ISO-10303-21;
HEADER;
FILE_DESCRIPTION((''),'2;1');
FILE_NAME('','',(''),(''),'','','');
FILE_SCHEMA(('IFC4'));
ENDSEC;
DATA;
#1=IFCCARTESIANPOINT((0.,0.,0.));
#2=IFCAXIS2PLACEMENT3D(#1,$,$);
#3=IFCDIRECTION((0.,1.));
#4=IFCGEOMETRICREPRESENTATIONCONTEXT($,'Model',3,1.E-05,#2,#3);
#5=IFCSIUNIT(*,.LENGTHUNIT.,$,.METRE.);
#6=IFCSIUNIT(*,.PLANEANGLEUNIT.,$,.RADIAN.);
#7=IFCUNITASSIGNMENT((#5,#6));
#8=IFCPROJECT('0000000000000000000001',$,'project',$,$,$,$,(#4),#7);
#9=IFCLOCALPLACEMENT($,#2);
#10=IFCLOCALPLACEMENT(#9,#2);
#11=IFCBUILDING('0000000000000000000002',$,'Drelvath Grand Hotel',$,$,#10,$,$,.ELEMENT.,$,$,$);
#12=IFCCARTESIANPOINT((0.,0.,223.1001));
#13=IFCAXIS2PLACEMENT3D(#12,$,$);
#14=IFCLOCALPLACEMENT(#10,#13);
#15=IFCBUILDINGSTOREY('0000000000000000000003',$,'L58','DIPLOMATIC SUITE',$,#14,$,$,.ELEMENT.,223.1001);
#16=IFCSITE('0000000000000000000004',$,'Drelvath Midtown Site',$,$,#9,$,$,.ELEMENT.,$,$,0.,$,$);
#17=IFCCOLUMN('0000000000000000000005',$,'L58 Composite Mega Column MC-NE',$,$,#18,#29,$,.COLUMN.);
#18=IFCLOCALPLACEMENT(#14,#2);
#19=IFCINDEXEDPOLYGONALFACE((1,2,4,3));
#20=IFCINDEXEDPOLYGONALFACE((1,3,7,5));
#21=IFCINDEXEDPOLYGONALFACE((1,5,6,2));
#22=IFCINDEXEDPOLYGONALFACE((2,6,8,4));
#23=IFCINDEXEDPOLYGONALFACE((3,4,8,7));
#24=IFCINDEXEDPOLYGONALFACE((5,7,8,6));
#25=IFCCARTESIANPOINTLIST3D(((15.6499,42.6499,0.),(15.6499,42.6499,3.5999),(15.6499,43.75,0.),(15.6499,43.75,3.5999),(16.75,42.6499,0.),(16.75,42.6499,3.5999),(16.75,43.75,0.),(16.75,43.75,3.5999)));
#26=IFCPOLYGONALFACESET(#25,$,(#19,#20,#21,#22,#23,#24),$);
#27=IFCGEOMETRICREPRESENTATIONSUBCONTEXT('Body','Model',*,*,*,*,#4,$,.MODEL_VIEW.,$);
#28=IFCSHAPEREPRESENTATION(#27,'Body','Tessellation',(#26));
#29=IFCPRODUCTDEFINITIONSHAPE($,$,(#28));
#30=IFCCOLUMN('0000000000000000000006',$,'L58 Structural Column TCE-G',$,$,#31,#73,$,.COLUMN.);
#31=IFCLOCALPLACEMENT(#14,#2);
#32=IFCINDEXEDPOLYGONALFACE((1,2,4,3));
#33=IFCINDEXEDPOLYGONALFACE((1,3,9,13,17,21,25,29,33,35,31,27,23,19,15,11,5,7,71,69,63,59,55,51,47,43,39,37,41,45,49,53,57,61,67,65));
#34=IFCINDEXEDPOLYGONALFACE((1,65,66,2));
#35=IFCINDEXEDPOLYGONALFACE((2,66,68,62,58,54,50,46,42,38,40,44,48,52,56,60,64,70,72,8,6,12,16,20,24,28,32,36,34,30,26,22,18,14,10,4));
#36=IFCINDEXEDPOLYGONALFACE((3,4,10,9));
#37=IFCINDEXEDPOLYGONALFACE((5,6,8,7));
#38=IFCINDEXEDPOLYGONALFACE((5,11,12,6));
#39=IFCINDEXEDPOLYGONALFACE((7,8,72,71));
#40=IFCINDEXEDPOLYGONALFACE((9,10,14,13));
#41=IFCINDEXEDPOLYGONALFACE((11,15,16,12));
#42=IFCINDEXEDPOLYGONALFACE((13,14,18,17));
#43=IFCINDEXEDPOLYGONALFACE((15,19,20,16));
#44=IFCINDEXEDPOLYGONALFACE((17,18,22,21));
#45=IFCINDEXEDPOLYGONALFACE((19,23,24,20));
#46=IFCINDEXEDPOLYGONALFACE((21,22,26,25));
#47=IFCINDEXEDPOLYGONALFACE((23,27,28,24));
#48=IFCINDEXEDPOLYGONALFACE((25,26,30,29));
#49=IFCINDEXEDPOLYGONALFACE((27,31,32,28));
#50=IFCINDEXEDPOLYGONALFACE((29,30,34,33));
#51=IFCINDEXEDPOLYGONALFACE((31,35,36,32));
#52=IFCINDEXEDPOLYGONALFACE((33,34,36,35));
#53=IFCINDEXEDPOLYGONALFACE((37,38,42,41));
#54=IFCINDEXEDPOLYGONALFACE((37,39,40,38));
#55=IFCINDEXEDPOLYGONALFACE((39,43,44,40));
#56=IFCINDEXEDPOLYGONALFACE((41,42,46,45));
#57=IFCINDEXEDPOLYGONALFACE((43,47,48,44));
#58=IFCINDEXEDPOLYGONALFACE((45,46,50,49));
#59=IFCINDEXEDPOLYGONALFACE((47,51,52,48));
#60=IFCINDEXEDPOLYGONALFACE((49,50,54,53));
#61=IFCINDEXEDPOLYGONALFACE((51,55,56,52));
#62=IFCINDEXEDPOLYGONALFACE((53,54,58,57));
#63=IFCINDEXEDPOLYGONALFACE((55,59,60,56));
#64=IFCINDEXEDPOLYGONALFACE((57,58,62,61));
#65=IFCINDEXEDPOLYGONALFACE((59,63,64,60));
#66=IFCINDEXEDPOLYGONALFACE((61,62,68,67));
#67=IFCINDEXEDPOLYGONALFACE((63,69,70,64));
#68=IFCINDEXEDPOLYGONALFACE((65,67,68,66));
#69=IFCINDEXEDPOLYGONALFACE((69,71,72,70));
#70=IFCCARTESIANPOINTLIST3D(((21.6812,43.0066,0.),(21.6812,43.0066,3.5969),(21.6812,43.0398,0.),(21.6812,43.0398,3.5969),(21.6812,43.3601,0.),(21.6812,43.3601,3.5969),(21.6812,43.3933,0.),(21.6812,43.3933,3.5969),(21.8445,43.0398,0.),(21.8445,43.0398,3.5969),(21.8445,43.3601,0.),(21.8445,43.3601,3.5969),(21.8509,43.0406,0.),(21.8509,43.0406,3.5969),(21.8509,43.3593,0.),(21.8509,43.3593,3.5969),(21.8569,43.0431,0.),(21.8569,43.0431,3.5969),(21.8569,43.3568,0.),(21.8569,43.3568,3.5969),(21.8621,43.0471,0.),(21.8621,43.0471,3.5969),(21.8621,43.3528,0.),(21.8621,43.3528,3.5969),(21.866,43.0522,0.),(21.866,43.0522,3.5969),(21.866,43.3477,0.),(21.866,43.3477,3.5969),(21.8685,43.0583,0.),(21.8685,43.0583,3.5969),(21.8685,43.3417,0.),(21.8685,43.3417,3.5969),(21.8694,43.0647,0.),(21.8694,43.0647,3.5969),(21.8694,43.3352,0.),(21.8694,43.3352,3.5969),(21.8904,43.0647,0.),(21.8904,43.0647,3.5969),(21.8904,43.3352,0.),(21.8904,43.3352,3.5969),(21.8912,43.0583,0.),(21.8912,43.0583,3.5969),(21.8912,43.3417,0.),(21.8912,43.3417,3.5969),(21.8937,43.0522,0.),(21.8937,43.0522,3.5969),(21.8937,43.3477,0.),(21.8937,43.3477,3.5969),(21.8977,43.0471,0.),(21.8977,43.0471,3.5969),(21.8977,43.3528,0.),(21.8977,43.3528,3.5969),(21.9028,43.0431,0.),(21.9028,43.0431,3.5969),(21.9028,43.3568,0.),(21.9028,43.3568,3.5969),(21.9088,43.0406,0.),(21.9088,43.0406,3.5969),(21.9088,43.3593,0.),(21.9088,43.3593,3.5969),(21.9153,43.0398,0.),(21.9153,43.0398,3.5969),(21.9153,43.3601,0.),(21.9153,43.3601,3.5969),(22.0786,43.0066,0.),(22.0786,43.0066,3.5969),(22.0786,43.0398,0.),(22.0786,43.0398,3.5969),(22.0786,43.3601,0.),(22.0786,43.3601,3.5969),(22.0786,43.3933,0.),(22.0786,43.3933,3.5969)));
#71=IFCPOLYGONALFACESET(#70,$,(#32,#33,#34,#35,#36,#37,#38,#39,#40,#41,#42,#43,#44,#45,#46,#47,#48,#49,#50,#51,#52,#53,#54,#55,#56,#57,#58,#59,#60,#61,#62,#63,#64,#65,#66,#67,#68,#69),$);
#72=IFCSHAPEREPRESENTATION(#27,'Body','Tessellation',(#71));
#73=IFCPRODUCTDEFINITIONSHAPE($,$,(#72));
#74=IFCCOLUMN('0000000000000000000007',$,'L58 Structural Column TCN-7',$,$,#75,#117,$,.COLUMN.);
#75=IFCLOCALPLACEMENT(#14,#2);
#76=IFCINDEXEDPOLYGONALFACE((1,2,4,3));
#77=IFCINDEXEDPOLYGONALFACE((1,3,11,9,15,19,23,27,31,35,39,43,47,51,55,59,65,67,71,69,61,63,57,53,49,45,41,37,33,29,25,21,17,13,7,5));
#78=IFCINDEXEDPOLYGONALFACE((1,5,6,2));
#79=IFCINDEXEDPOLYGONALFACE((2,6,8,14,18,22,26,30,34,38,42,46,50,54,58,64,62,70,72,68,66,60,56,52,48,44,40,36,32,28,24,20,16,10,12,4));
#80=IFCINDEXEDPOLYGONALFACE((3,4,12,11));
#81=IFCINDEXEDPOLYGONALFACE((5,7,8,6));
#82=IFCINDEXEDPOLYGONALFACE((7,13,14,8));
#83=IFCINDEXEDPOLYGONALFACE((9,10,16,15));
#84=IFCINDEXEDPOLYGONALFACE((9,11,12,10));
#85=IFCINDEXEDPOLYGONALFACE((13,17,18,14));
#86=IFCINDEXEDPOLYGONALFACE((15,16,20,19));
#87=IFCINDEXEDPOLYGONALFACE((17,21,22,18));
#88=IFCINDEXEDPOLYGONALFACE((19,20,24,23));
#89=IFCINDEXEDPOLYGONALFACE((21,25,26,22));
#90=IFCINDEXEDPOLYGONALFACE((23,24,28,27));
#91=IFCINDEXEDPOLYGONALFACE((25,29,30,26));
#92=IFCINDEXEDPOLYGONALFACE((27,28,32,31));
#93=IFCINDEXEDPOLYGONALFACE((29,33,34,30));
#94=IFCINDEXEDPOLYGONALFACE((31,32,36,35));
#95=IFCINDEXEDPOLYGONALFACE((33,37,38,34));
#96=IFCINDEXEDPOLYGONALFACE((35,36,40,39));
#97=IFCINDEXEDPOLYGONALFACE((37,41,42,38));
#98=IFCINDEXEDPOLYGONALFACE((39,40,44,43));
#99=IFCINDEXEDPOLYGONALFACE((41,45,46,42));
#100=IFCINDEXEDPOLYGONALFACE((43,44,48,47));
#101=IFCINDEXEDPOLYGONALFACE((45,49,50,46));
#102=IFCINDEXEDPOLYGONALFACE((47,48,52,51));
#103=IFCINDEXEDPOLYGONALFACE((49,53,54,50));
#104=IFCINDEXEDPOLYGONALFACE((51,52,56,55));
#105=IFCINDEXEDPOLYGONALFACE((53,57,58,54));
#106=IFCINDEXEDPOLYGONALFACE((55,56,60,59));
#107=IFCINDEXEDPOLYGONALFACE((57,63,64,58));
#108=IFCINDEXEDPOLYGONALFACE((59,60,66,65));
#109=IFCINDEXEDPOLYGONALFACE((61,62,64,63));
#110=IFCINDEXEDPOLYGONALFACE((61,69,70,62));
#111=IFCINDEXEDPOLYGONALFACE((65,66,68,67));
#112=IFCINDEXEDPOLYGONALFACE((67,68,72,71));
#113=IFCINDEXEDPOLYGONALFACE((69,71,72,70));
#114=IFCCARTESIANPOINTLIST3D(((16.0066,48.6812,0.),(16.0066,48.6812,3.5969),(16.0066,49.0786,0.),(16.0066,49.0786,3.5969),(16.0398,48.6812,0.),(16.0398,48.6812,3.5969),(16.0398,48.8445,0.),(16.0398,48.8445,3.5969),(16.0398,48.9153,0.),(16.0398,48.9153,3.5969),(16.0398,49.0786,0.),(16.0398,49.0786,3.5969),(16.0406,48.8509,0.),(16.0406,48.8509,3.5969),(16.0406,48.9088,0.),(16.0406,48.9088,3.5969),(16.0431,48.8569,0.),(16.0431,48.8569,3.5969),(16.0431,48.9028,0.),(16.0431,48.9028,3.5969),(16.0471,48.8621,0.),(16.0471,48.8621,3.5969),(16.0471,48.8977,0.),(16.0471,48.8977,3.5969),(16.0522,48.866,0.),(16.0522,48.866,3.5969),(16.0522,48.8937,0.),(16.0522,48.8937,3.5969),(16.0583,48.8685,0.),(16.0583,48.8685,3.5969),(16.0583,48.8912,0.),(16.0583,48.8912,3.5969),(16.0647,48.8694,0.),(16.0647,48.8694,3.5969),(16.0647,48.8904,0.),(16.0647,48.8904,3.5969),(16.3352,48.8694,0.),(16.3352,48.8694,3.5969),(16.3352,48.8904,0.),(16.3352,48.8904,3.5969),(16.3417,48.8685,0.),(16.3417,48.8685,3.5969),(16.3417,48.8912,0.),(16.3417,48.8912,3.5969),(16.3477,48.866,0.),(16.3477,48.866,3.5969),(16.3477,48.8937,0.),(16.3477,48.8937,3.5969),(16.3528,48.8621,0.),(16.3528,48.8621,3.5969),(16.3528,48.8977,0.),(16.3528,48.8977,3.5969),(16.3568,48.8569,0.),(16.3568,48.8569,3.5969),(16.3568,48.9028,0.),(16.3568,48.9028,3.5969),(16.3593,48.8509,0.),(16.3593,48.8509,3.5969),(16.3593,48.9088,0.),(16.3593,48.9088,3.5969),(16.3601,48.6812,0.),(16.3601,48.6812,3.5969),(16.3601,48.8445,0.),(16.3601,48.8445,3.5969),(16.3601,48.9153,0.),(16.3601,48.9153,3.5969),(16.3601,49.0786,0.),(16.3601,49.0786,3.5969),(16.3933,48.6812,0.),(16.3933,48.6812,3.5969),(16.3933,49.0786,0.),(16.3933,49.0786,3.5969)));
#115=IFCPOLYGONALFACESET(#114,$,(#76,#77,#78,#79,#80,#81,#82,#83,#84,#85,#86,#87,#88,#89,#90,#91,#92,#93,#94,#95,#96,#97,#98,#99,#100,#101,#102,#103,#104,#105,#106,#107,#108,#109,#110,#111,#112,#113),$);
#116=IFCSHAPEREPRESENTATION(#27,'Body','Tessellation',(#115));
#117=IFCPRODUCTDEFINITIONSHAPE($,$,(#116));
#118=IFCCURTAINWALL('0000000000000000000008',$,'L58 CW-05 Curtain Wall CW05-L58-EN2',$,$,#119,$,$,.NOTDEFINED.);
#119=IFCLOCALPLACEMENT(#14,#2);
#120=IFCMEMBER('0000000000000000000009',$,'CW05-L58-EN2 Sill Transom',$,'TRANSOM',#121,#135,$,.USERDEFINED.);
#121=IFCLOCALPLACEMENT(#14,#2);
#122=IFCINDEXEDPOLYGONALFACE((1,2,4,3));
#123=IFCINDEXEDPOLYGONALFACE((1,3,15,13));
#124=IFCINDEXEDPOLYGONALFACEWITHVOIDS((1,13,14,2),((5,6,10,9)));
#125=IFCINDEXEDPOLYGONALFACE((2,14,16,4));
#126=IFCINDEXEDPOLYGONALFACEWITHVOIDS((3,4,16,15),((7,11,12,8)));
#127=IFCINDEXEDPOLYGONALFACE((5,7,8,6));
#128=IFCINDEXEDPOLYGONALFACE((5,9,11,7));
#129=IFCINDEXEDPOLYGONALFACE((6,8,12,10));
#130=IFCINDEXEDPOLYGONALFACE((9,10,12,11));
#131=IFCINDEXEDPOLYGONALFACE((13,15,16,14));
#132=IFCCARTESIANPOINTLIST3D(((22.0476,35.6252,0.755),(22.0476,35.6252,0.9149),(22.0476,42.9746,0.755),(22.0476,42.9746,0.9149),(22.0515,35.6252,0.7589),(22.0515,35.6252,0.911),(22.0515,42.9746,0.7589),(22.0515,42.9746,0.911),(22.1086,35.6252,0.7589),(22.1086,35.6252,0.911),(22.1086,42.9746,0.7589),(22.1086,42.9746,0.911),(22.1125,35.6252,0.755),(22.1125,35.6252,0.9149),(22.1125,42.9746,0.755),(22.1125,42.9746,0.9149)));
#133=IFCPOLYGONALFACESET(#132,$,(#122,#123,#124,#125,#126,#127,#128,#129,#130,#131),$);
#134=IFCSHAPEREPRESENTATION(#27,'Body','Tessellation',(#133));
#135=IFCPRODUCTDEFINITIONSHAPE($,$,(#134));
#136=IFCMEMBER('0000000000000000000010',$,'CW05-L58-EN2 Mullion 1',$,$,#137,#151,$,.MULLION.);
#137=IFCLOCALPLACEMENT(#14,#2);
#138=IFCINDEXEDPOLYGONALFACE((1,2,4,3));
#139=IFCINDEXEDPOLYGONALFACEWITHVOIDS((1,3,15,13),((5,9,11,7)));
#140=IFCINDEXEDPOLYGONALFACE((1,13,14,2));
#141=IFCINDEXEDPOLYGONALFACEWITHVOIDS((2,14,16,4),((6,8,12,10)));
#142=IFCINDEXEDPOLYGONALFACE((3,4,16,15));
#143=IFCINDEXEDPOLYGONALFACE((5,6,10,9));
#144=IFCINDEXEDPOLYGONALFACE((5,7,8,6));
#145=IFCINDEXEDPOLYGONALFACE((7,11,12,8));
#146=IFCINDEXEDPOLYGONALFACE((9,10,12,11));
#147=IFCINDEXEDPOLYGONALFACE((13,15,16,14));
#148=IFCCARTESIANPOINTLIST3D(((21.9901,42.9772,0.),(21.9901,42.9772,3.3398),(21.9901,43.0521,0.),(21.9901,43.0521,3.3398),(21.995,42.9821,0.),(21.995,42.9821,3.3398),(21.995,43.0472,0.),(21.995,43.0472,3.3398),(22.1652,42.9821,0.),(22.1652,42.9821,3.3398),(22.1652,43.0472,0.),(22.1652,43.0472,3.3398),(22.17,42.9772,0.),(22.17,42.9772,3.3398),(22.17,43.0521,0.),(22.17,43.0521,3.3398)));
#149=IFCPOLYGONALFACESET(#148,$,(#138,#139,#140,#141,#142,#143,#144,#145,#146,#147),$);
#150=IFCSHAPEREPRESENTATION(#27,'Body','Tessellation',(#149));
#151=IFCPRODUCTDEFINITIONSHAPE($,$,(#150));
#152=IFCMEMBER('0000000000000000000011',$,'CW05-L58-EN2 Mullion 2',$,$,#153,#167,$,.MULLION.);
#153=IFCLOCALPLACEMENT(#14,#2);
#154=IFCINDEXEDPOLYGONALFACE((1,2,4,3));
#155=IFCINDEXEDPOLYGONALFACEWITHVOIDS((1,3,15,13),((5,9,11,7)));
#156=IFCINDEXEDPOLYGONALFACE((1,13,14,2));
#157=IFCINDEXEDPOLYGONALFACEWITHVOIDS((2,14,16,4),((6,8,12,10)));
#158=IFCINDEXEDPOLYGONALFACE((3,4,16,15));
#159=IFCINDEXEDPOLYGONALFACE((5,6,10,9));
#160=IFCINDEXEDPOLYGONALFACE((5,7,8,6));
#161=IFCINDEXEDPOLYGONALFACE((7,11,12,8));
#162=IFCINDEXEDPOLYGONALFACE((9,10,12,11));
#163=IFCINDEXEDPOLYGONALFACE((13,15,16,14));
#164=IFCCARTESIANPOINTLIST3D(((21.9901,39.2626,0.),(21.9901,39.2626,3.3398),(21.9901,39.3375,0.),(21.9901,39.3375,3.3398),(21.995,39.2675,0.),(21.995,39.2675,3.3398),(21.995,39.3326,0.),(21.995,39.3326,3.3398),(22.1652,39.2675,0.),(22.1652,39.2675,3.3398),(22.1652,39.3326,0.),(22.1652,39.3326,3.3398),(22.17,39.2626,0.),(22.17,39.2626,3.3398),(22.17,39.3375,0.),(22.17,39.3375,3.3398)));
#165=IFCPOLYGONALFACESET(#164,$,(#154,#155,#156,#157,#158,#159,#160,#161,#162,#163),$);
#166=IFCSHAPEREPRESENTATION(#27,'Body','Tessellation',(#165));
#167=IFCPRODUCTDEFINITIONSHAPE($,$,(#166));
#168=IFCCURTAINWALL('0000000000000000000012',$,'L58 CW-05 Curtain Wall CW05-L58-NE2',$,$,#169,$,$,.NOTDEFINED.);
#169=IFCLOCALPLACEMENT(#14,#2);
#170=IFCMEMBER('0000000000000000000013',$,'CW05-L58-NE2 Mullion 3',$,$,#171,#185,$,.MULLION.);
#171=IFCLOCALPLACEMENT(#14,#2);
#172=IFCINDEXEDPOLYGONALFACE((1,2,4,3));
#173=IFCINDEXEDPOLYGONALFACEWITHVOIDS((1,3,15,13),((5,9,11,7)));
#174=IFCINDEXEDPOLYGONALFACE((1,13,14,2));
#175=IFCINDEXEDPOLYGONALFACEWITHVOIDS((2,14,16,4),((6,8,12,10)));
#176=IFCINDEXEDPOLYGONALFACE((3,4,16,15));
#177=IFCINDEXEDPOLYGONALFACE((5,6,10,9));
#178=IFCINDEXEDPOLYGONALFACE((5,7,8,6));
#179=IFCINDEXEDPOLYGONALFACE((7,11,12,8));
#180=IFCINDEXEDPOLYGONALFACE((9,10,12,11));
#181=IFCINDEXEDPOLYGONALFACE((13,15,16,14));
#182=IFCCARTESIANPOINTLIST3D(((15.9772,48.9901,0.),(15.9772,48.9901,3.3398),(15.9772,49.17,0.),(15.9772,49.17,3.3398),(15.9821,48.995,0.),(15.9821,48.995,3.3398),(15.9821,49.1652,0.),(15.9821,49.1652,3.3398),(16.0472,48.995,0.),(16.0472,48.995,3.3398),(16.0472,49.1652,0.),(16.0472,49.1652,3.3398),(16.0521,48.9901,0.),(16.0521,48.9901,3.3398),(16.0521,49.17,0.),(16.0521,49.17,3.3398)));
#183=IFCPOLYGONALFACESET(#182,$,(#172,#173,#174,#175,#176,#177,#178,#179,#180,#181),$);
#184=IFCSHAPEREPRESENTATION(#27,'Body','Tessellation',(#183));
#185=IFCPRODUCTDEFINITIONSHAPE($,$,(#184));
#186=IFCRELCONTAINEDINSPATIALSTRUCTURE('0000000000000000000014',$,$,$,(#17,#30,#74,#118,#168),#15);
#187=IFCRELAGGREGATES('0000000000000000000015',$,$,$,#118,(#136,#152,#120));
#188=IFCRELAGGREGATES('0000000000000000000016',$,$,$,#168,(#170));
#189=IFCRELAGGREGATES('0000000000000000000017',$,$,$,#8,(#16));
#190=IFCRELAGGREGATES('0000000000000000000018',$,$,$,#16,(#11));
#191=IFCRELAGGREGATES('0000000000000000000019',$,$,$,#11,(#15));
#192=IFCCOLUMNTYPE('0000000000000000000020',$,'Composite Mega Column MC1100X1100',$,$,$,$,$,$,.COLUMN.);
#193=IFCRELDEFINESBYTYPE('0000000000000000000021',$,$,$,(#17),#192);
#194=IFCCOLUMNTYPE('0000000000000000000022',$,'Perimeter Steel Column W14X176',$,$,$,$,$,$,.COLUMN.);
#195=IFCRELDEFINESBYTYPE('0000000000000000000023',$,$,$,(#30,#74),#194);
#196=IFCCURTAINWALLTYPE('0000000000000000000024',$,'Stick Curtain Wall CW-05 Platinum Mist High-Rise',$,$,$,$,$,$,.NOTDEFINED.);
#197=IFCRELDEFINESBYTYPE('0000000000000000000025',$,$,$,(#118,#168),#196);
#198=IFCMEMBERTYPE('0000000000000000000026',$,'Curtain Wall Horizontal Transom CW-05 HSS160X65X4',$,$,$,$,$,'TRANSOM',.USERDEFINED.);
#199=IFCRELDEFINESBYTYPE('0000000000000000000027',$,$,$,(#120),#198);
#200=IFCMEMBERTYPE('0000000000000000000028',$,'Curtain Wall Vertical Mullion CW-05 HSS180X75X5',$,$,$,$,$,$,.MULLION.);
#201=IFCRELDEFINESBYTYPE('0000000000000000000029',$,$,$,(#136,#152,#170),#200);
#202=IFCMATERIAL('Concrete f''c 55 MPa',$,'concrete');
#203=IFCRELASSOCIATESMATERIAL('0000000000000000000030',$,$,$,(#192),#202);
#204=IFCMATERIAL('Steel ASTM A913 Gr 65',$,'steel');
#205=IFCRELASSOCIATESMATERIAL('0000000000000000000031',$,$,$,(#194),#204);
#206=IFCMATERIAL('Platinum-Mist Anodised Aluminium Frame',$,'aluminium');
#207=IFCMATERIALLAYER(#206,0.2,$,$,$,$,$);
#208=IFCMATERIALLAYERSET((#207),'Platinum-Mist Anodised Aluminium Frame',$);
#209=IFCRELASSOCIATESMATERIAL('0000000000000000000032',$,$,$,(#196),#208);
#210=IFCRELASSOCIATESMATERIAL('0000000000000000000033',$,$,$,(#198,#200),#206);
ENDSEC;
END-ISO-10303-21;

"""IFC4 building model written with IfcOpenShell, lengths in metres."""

from ifc_helpers import new_model, si_unit, direction, frame, origin, origin_2d, place, context, subcontext, project, spatial, rectangle, hollow_rectangle, i_section, extrude, material, layer, layer_set, material_profile, profile_set, type_object, element, aggregate, save


model = new_model("IFC4")

# Units and contexts
model_context = context("Model", 3, precision=1e-05, world=origin(), true_north=direction((0.0, 1.0)))
body_context = subcontext(model_context, "Body", "Model", "MODEL_VIEW")
ifc_project = project(units=[si_unit("LENGTHUNIT", "METRE"), si_unit("PLANEANGLEUNIT", "RADIAN")], contexts=[model_context])

# Site, building, storey
site_placement = place(None, origin())
site = spatial("IfcSite", under=ifc_project, at=site_placement, Name="Drelvath Midtown Site", CompositionType="ELEMENT", RefElevation=0.0)
building_placement = place(site_placement, origin())
building = spatial("IfcBuilding", under=site, at=building_placement, Name="Drelvath Grand Hotel", CompositionType="ELEMENT")
storey_placement = place(building_placement, frame((0.0, 0.0, 223.1001)))
storey = spatial("IfcBuildingStorey", under=building, at=storey_placement, Name="L58", Description="DIPLOMATIC SUITE", CompositionType="ELEMENT", Elevation=223.1001)

# Columns
ifc_material_1 = material(Name="Concrete f'c 55 MPa", Category="concrete")
ifc_material_profile_1 = material_profile(ifc_material_1, rectangle(XDim=1.1001, YDim=1.1001, at=origin_2d()), Name="MC1100X1100")
ifc_profile_set_1 = profile_set([ifc_material_profile_1], Name="Concrete f'c 55 MPa")
column_type_1 = type_object("IfcColumnType", Name="Composite Mega Column MC1100X1100", PredefinedType="COLUMN", material=ifc_profile_set_1)
column_placement = place(storey_placement, frame((16.2, 43.2, 0.0), z_axis=(0.0, 0.0, 1.0), x_axis=(1.0, 0.0, 0.0)))
element("IfcColumn", 1, at=column_placement, inside=storey, type_object=column_type_1, Name="L58 Composite Mega Column MC-NE", PredefinedType="COLUMN", context=body_context, shape_type="SweptSolid", body=[
    extrude(rectangle(XDim=1.1001, YDim=1.1001, at=origin_2d()), origin(), (0.0, 0.0, 1.0), 3.5999),
])
ifc_material_2 = material(Name="Steel ASTM A913 Gr 65", Category="steel")
ifc_material_profile_2 = material_profile(ifc_material_2, i_section(OverallWidth=0.3975, OverallDepth=0.3867, WebThickness=0.021, FlangeThickness=0.0332, FilletRadius=0.0249, at=origin_2d()), Name="W14X176")
ifc_profile_set_2 = profile_set([ifc_material_profile_2], Name="Steel ASTM A913 Gr 65")
column_type_2 = type_object("IfcColumnType", Name="Perimeter Steel Column W14X176", PredefinedType="COLUMN", material=ifc_profile_set_2)
for number, where, z_axis, x_axis, name in (
    (2, (21.8799, 43.2, 0.0), (0.0, 0.0, 1.0), (1.0, 0.0, 0.0), "L58 Structural Column TCE-G"),
    (3, (16.2, 48.8799, 0.0), (0.0, 0.0, 1.0), (0.0, 1.0, 0.0), "L58 Structural Column TCN-7"),
):
    element("IfcColumn", number, at=place(storey_placement, frame(where, z_axis=z_axis, x_axis=x_axis)), inside=storey, type_object=column_type_2, Name=name, PredefinedType="COLUMN", context=body_context, shape_type="SweptSolid", body=[
        extrude(i_section(OverallWidth=0.3975, OverallDepth=0.3867, WebThickness=0.021, FlangeThickness=0.0332, FilletRadius=0.0249, at=origin_2d()), origin(), (0.0, 0.0, 1.0), 3.5969),
    ])

# Curtain wall, members
ifc_material_3 = material(Name="Platinum-Mist Anodised Aluminium Frame", Category="aluminium")
ifc_layer_1 = layer(ifc_material_3, 0.2)
ifc_layer_set_1 = layer_set([ifc_layer_1], Name="Platinum-Mist Anodised Aluminium Frame")
curtain_wall_type = type_object("IfcCurtainWallType", Name="Stick Curtain Wall CW-05 Platinum Mist High-Rise", PredefinedType="NOTDEFINED", material=ifc_layer_set_1)
curtain_wall_1_placement = place(storey_placement, origin())
curtain_wall_1 = element("IfcCurtainWall", 4, at=curtain_wall_1_placement, inside=storey, type_object=curtain_wall_type, Name="L58 CW-05 Curtain Wall CW05-L58-EN2", PredefinedType="NOTDEFINED")
ifc_material_profile_3 = material_profile(ifc_material_3, hollow_rectangle(XDim=0.0649, YDim=0.1599, WallThickness=0.0039, at=origin_2d()), Name="HSS160X65X4")
ifc_profile_set_3 = profile_set([ifc_material_profile_3], Name="Platinum-Mist Anodised Aluminium Frame")
member_type_1 = type_object("IfcMemberType", Name="Curtain Wall Horizontal Transom CW-05 HSS160X65X4", ElementType="TRANSOM", PredefinedType="USERDEFINED", material=ifc_profile_set_3)
member_1_placement = place(storey_placement, frame((22.0801, 42.9746, 0.835), z_axis=(0.0, -1.0, 0.0), x_axis=(1.0, 0.0, 0.0)))
member_1 = element("IfcMember", 5, at=member_1_placement, type_object=member_type_1, Name="CW05-L58-EN2 Sill Transom", ObjectType="TRANSOM", PredefinedType="USERDEFINED", context=body_context, shape_type="SweptSolid", body=[
    extrude(hollow_rectangle(XDim=0.0649, YDim=0.1599, WallThickness=0.0039, at=origin_2d()), origin(), (0.0, 0.0, 1.0), 7.3494),
])
ifc_material_profile_4 = material_profile(ifc_material_3, hollow_rectangle(XDim=0.075, YDim=0.1799, WallThickness=0.0049, at=origin_2d()), Name="HSS180X75X5")
ifc_profile_set_4 = profile_set([ifc_material_profile_4], Name="Platinum-Mist Anodised Aluminium Frame")
member_type_2 = type_object("IfcMemberType", Name="Curtain Wall Vertical Mullion CW-05 HSS180X75X5", PredefinedType="MULLION", material=ifc_profile_set_4)
member_2_placement = place(storey_placement, frame((22.0801, 43.0146, 0.0), z_axis=(0.0, 0.0, 1.0), x_axis=(0.0, 1.0, 0.0)))
member_2 = element("IfcMember", 6, at=member_2_placement, type_object=member_type_2, Name="CW05-L58-EN2 Mullion 1", PredefinedType="MULLION", context=body_context, shape_type="SweptSolid", body=[
    extrude(hollow_rectangle(XDim=0.075, YDim=0.1799, WallThickness=0.0049, at=origin_2d()), origin(), (0.0, 0.0, 1.0), 3.3398),
])
member_3_placement = place(storey_placement, frame((22.0801, 39.3, 0.0), z_axis=(0.0, 0.0, 1.0), x_axis=(0.0, 1.0, 0.0)))
member_3 = element("IfcMember", 7, at=member_3_placement, type_object=member_type_2, Name="CW05-L58-EN2 Mullion 2", PredefinedType="MULLION", context=body_context, shape_type="SweptSolid", body=[
    extrude(hollow_rectangle(XDim=0.075, YDim=0.1799, WallThickness=0.0049, at=origin_2d()), origin(), (0.0, 0.0, 1.0), 3.3398),
])

# Curtain wall, member
curtain_wall_2_placement = place(storey_placement, origin())
curtain_wall_2 = element("IfcCurtainWall", 8, at=curtain_wall_2_placement, inside=storey, type_object=curtain_wall_type, Name="L58 CW-05 Curtain Wall CW05-L58-NE2", PredefinedType="NOTDEFINED")
member_4_placement = place(storey_placement, frame((16.0146, 49.0801, 0.0), z_axis=(0.0, 0.0, 1.0), x_axis=(1.0, 0.0, 0.0)))
member_4 = element("IfcMember", 9, at=member_4_placement, type_object=member_type_2, Name="CW05-L58-NE2 Mullion 3", PredefinedType="MULLION", context=body_context, shape_type="SweptSolid", body=[
    extrude(hollow_rectangle(XDim=0.075, YDim=0.1799, WallThickness=0.0049, at=origin_2d()), origin(), (0.0, 0.0, 1.0), 3.3398),
])

aggregate(curtain_wall_1, [member_2, member_3, member_1])
aggregate(curtain_wall_2, [member_4])

save(model, "model.ifc")
